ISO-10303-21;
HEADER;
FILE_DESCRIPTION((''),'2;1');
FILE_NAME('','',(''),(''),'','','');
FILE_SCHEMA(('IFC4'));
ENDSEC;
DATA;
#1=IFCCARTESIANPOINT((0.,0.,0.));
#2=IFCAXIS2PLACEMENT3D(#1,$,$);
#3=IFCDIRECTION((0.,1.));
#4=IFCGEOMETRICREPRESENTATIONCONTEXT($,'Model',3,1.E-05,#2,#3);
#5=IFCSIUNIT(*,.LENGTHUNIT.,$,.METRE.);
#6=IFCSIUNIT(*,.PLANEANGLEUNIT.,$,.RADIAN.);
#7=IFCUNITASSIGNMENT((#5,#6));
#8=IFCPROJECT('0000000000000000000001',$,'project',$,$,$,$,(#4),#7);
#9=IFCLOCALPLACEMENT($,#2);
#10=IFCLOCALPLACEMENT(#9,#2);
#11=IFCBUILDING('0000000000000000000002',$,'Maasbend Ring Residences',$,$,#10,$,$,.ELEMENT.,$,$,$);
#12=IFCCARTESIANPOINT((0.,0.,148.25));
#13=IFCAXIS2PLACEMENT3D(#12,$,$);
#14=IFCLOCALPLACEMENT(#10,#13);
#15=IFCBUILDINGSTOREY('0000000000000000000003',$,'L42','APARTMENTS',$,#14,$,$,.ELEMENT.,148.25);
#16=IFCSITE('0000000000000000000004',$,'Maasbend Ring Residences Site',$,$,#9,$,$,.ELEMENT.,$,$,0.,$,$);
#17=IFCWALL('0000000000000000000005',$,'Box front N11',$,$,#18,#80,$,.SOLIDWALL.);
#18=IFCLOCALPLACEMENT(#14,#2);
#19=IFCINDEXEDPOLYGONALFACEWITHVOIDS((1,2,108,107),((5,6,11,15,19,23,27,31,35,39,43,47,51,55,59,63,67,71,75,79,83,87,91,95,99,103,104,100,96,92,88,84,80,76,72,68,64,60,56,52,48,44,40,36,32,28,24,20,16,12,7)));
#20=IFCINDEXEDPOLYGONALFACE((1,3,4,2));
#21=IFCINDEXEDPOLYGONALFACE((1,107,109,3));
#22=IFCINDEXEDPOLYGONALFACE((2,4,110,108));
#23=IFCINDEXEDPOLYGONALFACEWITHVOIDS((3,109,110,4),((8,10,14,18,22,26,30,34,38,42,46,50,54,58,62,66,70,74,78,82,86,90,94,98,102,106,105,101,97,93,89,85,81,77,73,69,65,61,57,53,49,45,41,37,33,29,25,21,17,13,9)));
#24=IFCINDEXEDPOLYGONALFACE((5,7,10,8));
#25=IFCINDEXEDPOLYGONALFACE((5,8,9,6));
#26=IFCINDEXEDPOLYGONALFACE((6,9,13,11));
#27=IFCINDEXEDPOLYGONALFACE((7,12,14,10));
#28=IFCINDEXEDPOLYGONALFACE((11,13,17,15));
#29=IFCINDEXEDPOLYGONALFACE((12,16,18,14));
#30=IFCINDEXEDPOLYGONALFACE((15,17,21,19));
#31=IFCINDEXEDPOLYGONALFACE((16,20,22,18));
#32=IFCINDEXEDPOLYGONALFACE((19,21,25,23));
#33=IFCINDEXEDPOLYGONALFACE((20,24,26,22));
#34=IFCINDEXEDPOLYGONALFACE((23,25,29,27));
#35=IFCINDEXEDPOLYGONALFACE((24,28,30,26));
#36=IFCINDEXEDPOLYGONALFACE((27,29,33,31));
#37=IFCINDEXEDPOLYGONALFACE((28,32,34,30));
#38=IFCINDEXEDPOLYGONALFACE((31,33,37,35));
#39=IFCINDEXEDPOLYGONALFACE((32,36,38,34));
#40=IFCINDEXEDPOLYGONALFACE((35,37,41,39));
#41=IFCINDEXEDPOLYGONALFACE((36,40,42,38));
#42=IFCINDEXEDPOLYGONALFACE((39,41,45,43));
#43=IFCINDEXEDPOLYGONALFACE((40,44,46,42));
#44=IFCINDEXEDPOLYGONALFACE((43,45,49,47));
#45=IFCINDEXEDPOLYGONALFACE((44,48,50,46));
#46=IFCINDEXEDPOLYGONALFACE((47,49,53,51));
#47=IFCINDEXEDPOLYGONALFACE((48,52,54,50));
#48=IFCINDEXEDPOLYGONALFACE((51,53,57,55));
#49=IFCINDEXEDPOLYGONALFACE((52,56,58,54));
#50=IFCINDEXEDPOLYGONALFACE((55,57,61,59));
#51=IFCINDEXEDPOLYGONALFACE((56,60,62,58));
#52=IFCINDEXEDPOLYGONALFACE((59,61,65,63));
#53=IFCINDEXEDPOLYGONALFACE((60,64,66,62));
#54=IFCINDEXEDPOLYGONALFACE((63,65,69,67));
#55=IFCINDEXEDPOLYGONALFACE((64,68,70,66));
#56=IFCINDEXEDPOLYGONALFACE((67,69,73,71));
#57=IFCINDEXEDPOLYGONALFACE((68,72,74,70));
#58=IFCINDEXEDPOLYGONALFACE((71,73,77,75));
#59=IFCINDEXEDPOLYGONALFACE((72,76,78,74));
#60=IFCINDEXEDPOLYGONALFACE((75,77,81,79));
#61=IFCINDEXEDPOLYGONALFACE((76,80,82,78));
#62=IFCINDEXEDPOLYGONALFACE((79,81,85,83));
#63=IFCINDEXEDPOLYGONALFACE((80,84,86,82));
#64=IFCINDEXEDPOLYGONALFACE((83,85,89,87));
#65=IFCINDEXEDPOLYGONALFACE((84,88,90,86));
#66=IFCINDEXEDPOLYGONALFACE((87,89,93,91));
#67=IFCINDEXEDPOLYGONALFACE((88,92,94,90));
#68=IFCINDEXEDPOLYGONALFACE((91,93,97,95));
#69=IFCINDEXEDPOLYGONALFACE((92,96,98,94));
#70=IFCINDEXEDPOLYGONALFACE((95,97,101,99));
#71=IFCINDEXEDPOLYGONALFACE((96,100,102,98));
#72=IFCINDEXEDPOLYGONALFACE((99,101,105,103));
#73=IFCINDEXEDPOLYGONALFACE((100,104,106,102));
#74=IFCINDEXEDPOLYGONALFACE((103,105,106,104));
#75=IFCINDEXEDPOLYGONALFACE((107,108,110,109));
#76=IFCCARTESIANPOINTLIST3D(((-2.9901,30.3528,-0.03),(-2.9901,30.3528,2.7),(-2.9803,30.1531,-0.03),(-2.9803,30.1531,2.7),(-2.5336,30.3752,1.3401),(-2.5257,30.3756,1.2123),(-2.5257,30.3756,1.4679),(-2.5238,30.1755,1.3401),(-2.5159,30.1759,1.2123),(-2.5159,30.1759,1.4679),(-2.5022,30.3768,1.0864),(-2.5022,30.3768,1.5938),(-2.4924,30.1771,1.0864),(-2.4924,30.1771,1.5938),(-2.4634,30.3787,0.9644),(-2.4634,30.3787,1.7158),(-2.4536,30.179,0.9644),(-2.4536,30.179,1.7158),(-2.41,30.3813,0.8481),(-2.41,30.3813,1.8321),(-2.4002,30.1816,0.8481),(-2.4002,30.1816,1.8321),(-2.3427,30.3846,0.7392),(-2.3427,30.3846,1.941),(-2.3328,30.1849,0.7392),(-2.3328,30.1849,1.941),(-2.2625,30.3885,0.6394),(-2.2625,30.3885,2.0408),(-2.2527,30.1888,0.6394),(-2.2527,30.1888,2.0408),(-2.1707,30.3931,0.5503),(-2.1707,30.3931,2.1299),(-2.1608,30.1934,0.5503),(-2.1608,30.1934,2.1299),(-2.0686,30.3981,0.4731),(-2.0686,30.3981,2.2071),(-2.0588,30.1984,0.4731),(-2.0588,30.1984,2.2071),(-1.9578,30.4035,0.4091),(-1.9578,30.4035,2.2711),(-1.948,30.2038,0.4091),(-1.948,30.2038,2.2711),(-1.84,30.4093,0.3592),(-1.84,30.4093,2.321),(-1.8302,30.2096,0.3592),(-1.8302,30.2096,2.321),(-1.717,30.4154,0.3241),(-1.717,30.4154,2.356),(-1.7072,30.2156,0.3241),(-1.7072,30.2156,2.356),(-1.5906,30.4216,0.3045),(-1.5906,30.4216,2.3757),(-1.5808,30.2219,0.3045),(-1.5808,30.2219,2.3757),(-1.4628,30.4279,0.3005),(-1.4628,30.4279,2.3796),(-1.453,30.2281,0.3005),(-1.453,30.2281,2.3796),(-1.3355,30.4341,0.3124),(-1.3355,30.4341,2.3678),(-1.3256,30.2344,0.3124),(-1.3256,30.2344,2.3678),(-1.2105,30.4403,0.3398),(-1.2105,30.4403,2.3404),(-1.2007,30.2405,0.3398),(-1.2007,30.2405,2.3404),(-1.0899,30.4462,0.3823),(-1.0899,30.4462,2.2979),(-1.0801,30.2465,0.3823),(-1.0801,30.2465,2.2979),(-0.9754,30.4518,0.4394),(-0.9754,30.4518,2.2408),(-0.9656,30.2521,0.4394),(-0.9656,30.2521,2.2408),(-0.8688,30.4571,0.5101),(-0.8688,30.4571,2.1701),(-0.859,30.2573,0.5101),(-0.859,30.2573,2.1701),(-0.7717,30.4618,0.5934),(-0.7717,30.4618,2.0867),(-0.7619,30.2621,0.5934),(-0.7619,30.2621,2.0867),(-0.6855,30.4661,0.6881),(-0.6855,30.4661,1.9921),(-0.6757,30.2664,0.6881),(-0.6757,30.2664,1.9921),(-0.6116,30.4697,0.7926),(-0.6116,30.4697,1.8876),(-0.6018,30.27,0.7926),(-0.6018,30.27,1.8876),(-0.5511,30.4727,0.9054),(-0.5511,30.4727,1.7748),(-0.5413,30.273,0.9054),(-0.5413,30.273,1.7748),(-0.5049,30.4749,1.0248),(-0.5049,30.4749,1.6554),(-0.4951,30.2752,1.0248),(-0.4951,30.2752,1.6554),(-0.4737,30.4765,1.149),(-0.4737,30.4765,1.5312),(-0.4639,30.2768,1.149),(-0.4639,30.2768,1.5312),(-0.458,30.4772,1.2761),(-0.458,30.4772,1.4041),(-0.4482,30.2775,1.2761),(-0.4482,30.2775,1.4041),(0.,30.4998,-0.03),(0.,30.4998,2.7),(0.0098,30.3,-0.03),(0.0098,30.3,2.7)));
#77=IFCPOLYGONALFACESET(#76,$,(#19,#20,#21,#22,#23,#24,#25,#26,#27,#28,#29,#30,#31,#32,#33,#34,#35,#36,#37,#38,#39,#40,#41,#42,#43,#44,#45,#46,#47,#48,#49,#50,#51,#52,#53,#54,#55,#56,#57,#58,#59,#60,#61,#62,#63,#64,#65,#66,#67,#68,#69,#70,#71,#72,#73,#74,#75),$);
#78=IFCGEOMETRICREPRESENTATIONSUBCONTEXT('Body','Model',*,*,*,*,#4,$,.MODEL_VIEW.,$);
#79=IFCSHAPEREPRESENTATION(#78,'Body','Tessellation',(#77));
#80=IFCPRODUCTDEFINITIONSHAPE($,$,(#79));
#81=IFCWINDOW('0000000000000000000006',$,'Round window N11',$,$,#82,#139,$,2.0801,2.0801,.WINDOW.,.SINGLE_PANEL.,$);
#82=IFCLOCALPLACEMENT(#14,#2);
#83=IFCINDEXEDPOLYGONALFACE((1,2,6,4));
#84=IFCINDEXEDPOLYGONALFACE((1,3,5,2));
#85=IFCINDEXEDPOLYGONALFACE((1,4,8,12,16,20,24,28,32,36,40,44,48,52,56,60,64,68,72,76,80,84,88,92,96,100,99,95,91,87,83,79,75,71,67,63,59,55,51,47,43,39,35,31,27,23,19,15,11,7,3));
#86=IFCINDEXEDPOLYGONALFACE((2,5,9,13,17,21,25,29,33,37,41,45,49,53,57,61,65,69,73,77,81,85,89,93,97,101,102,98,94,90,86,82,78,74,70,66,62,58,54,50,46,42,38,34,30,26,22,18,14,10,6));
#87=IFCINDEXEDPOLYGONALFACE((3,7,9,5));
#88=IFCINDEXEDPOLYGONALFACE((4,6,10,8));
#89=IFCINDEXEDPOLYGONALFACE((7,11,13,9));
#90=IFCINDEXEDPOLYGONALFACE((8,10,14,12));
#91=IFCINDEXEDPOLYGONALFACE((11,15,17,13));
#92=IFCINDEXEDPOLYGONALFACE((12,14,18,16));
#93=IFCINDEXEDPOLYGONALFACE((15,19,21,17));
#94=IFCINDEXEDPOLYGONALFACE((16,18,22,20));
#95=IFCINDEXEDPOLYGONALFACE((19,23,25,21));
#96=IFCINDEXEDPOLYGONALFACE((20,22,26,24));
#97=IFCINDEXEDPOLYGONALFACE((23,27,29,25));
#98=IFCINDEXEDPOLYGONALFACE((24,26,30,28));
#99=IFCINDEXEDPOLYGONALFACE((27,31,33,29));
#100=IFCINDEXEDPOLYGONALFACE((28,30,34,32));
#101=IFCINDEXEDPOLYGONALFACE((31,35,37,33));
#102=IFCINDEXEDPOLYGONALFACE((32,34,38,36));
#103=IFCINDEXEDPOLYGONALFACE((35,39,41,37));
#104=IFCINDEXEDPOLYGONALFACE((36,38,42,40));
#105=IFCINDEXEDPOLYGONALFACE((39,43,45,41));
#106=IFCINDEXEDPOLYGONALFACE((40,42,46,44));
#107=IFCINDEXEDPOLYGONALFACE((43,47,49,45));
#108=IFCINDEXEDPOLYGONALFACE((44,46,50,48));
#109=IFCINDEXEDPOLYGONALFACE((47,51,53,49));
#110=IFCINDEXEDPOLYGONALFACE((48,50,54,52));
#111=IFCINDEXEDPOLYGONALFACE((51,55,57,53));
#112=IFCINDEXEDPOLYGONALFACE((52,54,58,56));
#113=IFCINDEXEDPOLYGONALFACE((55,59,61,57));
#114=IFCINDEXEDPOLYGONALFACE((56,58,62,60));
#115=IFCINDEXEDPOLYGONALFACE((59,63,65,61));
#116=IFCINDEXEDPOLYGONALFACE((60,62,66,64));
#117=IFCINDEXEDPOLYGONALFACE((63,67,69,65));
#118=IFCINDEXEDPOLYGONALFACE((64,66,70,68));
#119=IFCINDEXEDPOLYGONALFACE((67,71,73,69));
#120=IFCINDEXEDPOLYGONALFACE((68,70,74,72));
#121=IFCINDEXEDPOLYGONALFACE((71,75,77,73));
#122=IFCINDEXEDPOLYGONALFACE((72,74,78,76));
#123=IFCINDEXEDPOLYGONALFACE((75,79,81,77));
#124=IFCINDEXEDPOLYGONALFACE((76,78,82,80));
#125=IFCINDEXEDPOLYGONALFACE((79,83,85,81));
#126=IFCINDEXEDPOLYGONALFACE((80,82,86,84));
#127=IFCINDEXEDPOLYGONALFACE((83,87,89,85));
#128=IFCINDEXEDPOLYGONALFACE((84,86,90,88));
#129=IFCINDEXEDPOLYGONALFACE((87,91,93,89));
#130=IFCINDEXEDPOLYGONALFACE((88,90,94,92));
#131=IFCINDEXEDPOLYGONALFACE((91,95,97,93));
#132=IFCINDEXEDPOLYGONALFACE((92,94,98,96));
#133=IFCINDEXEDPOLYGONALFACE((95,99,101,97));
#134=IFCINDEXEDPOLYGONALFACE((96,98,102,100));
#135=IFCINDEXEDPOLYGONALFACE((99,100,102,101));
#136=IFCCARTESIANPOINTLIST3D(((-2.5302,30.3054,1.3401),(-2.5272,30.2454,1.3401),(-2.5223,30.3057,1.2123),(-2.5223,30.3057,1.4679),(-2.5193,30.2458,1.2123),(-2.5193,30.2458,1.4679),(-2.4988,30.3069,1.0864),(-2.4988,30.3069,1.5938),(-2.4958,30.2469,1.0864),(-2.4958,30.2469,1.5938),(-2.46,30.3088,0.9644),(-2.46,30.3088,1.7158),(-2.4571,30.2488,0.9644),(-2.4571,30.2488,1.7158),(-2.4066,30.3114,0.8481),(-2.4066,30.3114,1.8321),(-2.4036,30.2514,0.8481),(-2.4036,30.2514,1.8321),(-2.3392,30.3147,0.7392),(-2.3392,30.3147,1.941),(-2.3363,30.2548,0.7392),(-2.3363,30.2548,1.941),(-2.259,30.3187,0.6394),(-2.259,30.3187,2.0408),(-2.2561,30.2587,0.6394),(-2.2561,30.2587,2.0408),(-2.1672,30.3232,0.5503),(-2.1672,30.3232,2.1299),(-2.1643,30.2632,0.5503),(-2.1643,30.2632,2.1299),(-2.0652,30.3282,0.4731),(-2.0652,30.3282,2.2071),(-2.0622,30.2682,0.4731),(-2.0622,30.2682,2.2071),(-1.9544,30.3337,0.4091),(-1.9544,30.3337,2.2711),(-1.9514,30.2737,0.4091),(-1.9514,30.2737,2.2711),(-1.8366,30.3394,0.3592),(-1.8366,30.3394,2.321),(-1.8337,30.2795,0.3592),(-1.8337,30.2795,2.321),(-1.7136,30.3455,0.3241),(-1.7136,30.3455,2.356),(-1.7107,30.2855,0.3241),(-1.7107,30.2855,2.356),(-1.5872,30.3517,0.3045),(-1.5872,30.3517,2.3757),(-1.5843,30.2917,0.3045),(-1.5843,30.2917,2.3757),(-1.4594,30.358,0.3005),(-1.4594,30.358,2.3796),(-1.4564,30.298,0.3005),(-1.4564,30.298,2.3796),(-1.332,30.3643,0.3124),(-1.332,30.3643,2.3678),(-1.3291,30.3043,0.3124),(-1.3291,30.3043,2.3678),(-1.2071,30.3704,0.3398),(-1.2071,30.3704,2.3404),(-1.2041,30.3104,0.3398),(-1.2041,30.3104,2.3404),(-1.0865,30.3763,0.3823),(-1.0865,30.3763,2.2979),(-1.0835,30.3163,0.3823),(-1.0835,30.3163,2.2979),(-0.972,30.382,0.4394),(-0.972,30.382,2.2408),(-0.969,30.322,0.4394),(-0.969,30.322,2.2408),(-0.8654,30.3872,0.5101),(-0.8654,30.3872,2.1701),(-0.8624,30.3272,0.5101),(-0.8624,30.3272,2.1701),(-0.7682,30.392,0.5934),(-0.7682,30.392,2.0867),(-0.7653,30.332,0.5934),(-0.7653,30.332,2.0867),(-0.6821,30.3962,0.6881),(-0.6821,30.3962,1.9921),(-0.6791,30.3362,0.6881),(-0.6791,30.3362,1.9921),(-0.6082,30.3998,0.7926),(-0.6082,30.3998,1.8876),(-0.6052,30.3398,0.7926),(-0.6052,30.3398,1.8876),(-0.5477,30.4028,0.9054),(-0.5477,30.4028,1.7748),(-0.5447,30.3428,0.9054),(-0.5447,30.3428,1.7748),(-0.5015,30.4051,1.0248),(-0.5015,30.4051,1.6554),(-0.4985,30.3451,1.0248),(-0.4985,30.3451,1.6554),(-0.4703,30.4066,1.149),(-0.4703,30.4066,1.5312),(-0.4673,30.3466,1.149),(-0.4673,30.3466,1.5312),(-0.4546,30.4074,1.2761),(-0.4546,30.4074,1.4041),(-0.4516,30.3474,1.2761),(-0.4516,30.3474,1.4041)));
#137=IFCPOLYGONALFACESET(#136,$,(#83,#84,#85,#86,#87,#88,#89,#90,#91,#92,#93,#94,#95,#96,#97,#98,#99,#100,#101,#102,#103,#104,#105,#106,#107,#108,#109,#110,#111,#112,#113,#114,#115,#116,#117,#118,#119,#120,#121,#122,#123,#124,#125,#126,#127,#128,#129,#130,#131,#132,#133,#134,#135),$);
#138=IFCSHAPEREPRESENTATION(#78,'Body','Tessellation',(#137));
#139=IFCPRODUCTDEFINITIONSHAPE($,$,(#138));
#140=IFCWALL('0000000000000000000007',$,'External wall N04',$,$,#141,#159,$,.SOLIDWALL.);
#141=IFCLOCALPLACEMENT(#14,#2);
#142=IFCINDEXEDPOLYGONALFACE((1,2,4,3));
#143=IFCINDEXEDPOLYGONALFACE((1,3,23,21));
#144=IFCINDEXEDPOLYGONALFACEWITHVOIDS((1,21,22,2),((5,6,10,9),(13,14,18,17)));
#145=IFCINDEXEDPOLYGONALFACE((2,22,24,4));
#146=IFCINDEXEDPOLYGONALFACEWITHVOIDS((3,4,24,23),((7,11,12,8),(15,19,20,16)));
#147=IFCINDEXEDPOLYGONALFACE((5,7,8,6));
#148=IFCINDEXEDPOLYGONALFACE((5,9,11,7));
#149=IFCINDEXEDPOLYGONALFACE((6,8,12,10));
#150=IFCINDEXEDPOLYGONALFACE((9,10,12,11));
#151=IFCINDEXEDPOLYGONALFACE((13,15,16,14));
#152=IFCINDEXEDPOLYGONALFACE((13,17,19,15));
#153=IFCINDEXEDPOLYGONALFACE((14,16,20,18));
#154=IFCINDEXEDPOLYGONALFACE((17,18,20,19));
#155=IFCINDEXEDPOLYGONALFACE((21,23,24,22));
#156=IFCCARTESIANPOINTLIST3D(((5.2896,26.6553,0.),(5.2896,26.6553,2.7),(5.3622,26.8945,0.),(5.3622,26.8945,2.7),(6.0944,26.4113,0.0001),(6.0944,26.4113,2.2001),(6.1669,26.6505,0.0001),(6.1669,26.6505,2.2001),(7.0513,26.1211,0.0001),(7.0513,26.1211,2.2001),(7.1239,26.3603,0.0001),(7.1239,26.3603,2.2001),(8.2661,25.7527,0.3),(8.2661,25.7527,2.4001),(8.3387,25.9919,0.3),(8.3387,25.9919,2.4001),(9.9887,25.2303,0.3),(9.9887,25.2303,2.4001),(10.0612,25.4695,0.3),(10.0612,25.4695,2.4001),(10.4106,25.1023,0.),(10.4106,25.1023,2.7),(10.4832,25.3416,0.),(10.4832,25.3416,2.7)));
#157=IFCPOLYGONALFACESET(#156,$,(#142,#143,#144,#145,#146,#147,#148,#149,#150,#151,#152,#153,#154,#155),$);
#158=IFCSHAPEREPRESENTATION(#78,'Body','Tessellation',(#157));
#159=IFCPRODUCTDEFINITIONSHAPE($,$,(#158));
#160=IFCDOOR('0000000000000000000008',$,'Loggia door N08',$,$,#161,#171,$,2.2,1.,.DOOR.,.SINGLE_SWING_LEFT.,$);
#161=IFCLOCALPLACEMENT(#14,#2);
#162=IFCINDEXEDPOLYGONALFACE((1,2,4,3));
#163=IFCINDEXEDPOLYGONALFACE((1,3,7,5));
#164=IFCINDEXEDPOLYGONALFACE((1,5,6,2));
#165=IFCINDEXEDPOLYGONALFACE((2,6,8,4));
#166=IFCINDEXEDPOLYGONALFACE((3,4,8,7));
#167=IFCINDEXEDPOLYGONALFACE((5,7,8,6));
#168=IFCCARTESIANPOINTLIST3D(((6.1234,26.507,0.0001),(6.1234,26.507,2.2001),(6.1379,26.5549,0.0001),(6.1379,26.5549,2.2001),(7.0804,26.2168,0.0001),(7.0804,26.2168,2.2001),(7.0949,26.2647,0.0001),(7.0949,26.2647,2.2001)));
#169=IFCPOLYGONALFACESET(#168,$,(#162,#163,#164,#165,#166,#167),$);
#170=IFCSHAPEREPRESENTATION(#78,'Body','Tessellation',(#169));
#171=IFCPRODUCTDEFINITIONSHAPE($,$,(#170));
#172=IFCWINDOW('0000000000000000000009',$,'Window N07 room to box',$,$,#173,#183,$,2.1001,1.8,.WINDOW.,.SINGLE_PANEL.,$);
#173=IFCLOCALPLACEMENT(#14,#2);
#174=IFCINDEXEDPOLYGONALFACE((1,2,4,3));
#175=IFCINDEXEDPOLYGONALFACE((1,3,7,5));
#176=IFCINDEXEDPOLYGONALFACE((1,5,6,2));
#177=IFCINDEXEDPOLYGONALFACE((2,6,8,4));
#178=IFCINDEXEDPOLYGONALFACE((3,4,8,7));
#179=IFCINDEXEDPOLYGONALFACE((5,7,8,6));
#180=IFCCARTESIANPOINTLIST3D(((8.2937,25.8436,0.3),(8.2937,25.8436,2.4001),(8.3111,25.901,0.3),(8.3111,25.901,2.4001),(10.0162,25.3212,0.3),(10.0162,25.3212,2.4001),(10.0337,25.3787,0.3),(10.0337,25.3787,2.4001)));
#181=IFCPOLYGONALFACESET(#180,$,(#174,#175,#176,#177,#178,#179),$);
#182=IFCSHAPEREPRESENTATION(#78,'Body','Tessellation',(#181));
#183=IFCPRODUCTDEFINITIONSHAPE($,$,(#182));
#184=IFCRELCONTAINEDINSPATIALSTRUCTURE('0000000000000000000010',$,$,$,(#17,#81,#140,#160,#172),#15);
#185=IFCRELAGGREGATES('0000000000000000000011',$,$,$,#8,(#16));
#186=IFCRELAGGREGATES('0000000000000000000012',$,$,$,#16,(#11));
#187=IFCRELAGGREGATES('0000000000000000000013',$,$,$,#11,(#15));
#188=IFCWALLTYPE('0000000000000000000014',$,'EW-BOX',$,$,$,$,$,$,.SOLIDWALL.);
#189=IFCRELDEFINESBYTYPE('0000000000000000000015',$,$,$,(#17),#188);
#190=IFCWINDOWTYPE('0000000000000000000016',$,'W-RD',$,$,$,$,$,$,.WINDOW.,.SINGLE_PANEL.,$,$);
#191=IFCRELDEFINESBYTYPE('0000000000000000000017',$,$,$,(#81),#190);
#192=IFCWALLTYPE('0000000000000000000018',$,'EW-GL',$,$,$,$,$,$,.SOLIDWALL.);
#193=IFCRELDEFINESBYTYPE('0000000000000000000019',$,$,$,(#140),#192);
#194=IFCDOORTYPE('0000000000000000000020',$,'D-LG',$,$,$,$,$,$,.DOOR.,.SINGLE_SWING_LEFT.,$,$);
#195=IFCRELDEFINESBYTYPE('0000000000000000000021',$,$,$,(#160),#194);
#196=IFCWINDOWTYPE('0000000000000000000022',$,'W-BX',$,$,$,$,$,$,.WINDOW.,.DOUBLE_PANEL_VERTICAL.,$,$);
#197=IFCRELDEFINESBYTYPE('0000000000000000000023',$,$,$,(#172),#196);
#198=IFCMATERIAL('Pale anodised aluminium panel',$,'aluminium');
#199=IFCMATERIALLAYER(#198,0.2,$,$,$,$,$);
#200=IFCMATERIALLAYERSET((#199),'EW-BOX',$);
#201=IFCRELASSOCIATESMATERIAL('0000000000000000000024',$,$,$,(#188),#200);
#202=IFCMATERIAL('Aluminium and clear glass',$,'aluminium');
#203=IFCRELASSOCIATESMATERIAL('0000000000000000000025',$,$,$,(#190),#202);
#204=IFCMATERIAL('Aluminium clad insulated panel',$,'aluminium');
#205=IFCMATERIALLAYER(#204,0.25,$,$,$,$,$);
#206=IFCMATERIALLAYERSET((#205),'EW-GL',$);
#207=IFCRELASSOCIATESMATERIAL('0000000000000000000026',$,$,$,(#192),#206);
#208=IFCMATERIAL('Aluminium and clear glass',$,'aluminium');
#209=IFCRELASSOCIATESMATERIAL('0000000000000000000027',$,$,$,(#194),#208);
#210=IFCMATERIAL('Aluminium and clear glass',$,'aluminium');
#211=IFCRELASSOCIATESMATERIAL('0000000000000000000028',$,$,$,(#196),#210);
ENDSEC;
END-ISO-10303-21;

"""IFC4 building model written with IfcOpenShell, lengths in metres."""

from ifc_helpers import new_model, si_unit, direction, frame, frame_2d, origin, place, context, subcontext, project, spatial, rectangle, circle, extrude, material, layer, layer_set, type_object, element, fill, save


model = new_model("IFC4")

# Units and contexts
model_context = context("Model", 3, precision=1e-05, world=origin(), true_north=direction((0.0, 1.0)))
body_context = subcontext(model_context, "Body", "Model", "MODEL_VIEW")
ifc_project = project(units=[si_unit("LENGTHUNIT", "METRE"), si_unit("PLANEANGLEUNIT", "RADIAN")], contexts=[model_context])

# Site, building, storey
site_placement = place(None, origin())
site = spatial("IfcSite", under=ifc_project, at=site_placement, Name="Maasbend Ring Residences Site", CompositionType="ELEMENT", RefElevation=0.0)
building_placement = place(site_placement, origin())
building = spatial("IfcBuilding", under=site, at=building_placement, Name="Maasbend Ring Residences", CompositionType="ELEMENT")
storey_placement = place(building_placement, frame((0.0, 0.0, 148.25)))
storey = spatial("IfcBuildingStorey", under=building, at=storey_placement, Name="L42", Description="APARTMENTS", CompositionType="ELEMENT", Elevation=148.25)

# Shared definitions
ifc_material_1 = material(Name="Pale anodised aluminium panel", Category="aluminium")
ifc_layer_1 = layer(ifc_material_1, 0.2)
ifc_layer_set_1 = layer_set([ifc_layer_1], Name="EW-BOX")
wall_type_1 = type_object("IfcWallType", Name="EW-BOX", PredefinedType="SOLIDWALL", material=ifc_layer_set_1)

# Shared definitions
ifc_material_2 = material(Name="Aluminium and clear glass", Category="aluminium")
window_type_1 = type_object("IfcWindowType", Name="W-RD", PartitioningType="SINGLE_PANEL", PredefinedType="WINDOW", material=ifc_material_2)

# Wall, opening, window
wall_1_placement = place(storey_placement, frame((0.0049, 30.3999, -0.03), z_axis=(0.0, 0.0, 1.0), x_axis=(-0.998794, -0.049096, 0.0)))
wall_1 = element("IfcWall", 1, at=wall_1_placement, inside=storey, type_object=wall_type_1, Name="Box front N11", PredefinedType="SOLIDWALL", context=body_context, shape_type="SweptSolid", body=[
    extrude(rectangle(XDim=2.9937, YDim=0.2, at=frame_2d((1.4968, 0.0))), origin(), (0.0, 0.0, 1.0), 2.73),
])
opening_1_placement = place(wall_1_placement, frame((0.4565, 0.0, 0.3301)))
opening_1 = element("IfcOpeningElement", 2, at=opening_1_placement, cuts=wall_1, PredefinedType="OPENING", context=body_context, shape_type="SweptSolid", body=[
    extrude(circle(Radius=1.04, at=frame_2d((1.04, 1.04))), frame((0.0, 0.1099, 0.0), z_axis=(0.0, -1.0, 0.0), x_axis=(1.0, 0.0, 0.0)), (0.0, 0.0, 1.0), 0.22),
])
window_1_placement = place(opening_1_placement, origin())
window_1 = element("IfcWindow", 3, at=window_1_placement, inside=storey, type_object=window_type_1, Name="Round window N11", OverallHeight=2.0801, OverallWidth=2.0801, PartitioningType="SINGLE_PANEL", PredefinedType="WINDOW", context=body_context, shape_type="SweptSolid", body=[
    extrude(circle(Radius=1.04, at=frame_2d((1.04, 1.04))), frame((0.0, 0.03, 0.0), z_axis=(0.0, -1.0, 0.0), x_axis=(1.0, 0.0, 0.0)), (0.0, 0.0, 1.0), 0.0601),
])
fill(opening_1, window_1)

# Wall, openings, door, window
ifc_material_3 = material(Name="Aluminium clad insulated panel", Category="aluminium")
ifc_layer_2 = layer(ifc_material_3, 0.25)
ifc_layer_set_2 = layer_set([ifc_layer_2], Name="EW-GL")
wall_type_2 = type_object("IfcWallType", Name="EW-GL", PredefinedType="SOLIDWALL", material=ifc_layer_set_2)
wall_2_placement = place(storey_placement, frame((10.447, 25.2219, 0.0), z_axis=(0.0, 0.0, 1.0), x_axis=(-0.956966, 0.290201, 0.0)))
wall_2 = element("IfcWall", 4, at=wall_2_placement, inside=storey, type_object=wall_type_2, Name="External wall N04", PredefinedType="SOLIDWALL", context=body_context, shape_type="SweptSolid", body=[
    extrude(rectangle(XDim=5.3513, YDim=0.25, at=frame_2d((2.6758, 0.0))), origin(), (0.0, 0.0, 1.0), 2.7),
])
opening_2_placement = place(wall_2_placement, frame((0.4412, 0.0, 0.3)))
opening_2 = element("IfcOpeningElement", 5, at=opening_2_placement, cuts=wall_2, PredefinedType="OPENING", context=body_context, shape_type="SweptSolid", body=[
    extrude(rectangle(XDim=1.8, YDim=2.1001, at=frame_2d((0.8999, 1.05))), frame((0.0, 0.135, 0.0), z_axis=(0.0, -1.0, 0.0), x_axis=(1.0, 0.0, 0.0)), (0.0, 0.0, 1.0), 0.27),
])
opening_3_placement = place(wall_2_placement, frame((3.5105, 0.0, 0.0)))
opening_3 = element("IfcOpeningElement", 6, at=opening_3_placement, cuts=wall_2, PredefinedType="OPENING", context=body_context, shape_type="SweptSolid", body=[
    extrude(rectangle(XDim=1.0, YDim=2.2, at=frame_2d((0.5, 1.1001))), frame((0.0, 0.135, 0.0), z_axis=(0.0, -1.0, 0.0), x_axis=(1.0, 0.0, 0.0)), (0.0, 0.0, 1.0), 0.27),
])
ifc_material_4 = material(Name="Aluminium and clear glass", Category="aluminium")
door_type_1 = type_object("IfcDoorType", Name="D-LG", OperationType="SINGLE_SWING_LEFT", PredefinedType="DOOR", material=ifc_material_4)
door_1_placement = place(opening_3_placement, origin())
door_1 = element("IfcDoor", 7, at=door_1_placement, inside=storey, type_object=door_type_1, Name="Loggia door N08", OperationType="SINGLE_SWING_LEFT", OverallHeight=2.2, OverallWidth=1.0, PredefinedType="DOOR", context=body_context, shape_type="SweptSolid", body=[
    extrude(rectangle(XDim=1.0, YDim=2.2, at=frame_2d((0.5, 1.1001))), frame((0.0, 0.0249, 0.0), z_axis=(0.0, -1.0, 0.0), x_axis=(1.0, 0.0, 0.0)), (0.0, 0.0, 1.0), 0.05),
])
fill(opening_3, door_1)
ifc_material_5 = material(Name="Aluminium and clear glass", Category="aluminium")
window_type_2 = type_object("IfcWindowType", Name="W-BX", PartitioningType="DOUBLE_PANEL_VERTICAL", PredefinedType="WINDOW", material=ifc_material_5)
window_2_placement = place(opening_2_placement, origin())
window_2 = element("IfcWindow", 8, at=window_2_placement, inside=storey, type_object=window_type_2, Name="Window N07 room to box", OverallHeight=2.1001, OverallWidth=1.8, PartitioningType="SINGLE_PANEL", PredefinedType="WINDOW", context=body_context, shape_type="SweptSolid", body=[
    extrude(rectangle(XDim=1.8, YDim=2.1001, at=frame_2d((0.8999, 1.05))), frame((0.0, 0.03, 0.0), z_axis=(0.0, -1.0, 0.0), x_axis=(1.0, 0.0, 0.0)), (0.0, 0.0, 1.0), 0.0601),
])
fill(opening_2, window_2)

save(model, "model.ifc")
